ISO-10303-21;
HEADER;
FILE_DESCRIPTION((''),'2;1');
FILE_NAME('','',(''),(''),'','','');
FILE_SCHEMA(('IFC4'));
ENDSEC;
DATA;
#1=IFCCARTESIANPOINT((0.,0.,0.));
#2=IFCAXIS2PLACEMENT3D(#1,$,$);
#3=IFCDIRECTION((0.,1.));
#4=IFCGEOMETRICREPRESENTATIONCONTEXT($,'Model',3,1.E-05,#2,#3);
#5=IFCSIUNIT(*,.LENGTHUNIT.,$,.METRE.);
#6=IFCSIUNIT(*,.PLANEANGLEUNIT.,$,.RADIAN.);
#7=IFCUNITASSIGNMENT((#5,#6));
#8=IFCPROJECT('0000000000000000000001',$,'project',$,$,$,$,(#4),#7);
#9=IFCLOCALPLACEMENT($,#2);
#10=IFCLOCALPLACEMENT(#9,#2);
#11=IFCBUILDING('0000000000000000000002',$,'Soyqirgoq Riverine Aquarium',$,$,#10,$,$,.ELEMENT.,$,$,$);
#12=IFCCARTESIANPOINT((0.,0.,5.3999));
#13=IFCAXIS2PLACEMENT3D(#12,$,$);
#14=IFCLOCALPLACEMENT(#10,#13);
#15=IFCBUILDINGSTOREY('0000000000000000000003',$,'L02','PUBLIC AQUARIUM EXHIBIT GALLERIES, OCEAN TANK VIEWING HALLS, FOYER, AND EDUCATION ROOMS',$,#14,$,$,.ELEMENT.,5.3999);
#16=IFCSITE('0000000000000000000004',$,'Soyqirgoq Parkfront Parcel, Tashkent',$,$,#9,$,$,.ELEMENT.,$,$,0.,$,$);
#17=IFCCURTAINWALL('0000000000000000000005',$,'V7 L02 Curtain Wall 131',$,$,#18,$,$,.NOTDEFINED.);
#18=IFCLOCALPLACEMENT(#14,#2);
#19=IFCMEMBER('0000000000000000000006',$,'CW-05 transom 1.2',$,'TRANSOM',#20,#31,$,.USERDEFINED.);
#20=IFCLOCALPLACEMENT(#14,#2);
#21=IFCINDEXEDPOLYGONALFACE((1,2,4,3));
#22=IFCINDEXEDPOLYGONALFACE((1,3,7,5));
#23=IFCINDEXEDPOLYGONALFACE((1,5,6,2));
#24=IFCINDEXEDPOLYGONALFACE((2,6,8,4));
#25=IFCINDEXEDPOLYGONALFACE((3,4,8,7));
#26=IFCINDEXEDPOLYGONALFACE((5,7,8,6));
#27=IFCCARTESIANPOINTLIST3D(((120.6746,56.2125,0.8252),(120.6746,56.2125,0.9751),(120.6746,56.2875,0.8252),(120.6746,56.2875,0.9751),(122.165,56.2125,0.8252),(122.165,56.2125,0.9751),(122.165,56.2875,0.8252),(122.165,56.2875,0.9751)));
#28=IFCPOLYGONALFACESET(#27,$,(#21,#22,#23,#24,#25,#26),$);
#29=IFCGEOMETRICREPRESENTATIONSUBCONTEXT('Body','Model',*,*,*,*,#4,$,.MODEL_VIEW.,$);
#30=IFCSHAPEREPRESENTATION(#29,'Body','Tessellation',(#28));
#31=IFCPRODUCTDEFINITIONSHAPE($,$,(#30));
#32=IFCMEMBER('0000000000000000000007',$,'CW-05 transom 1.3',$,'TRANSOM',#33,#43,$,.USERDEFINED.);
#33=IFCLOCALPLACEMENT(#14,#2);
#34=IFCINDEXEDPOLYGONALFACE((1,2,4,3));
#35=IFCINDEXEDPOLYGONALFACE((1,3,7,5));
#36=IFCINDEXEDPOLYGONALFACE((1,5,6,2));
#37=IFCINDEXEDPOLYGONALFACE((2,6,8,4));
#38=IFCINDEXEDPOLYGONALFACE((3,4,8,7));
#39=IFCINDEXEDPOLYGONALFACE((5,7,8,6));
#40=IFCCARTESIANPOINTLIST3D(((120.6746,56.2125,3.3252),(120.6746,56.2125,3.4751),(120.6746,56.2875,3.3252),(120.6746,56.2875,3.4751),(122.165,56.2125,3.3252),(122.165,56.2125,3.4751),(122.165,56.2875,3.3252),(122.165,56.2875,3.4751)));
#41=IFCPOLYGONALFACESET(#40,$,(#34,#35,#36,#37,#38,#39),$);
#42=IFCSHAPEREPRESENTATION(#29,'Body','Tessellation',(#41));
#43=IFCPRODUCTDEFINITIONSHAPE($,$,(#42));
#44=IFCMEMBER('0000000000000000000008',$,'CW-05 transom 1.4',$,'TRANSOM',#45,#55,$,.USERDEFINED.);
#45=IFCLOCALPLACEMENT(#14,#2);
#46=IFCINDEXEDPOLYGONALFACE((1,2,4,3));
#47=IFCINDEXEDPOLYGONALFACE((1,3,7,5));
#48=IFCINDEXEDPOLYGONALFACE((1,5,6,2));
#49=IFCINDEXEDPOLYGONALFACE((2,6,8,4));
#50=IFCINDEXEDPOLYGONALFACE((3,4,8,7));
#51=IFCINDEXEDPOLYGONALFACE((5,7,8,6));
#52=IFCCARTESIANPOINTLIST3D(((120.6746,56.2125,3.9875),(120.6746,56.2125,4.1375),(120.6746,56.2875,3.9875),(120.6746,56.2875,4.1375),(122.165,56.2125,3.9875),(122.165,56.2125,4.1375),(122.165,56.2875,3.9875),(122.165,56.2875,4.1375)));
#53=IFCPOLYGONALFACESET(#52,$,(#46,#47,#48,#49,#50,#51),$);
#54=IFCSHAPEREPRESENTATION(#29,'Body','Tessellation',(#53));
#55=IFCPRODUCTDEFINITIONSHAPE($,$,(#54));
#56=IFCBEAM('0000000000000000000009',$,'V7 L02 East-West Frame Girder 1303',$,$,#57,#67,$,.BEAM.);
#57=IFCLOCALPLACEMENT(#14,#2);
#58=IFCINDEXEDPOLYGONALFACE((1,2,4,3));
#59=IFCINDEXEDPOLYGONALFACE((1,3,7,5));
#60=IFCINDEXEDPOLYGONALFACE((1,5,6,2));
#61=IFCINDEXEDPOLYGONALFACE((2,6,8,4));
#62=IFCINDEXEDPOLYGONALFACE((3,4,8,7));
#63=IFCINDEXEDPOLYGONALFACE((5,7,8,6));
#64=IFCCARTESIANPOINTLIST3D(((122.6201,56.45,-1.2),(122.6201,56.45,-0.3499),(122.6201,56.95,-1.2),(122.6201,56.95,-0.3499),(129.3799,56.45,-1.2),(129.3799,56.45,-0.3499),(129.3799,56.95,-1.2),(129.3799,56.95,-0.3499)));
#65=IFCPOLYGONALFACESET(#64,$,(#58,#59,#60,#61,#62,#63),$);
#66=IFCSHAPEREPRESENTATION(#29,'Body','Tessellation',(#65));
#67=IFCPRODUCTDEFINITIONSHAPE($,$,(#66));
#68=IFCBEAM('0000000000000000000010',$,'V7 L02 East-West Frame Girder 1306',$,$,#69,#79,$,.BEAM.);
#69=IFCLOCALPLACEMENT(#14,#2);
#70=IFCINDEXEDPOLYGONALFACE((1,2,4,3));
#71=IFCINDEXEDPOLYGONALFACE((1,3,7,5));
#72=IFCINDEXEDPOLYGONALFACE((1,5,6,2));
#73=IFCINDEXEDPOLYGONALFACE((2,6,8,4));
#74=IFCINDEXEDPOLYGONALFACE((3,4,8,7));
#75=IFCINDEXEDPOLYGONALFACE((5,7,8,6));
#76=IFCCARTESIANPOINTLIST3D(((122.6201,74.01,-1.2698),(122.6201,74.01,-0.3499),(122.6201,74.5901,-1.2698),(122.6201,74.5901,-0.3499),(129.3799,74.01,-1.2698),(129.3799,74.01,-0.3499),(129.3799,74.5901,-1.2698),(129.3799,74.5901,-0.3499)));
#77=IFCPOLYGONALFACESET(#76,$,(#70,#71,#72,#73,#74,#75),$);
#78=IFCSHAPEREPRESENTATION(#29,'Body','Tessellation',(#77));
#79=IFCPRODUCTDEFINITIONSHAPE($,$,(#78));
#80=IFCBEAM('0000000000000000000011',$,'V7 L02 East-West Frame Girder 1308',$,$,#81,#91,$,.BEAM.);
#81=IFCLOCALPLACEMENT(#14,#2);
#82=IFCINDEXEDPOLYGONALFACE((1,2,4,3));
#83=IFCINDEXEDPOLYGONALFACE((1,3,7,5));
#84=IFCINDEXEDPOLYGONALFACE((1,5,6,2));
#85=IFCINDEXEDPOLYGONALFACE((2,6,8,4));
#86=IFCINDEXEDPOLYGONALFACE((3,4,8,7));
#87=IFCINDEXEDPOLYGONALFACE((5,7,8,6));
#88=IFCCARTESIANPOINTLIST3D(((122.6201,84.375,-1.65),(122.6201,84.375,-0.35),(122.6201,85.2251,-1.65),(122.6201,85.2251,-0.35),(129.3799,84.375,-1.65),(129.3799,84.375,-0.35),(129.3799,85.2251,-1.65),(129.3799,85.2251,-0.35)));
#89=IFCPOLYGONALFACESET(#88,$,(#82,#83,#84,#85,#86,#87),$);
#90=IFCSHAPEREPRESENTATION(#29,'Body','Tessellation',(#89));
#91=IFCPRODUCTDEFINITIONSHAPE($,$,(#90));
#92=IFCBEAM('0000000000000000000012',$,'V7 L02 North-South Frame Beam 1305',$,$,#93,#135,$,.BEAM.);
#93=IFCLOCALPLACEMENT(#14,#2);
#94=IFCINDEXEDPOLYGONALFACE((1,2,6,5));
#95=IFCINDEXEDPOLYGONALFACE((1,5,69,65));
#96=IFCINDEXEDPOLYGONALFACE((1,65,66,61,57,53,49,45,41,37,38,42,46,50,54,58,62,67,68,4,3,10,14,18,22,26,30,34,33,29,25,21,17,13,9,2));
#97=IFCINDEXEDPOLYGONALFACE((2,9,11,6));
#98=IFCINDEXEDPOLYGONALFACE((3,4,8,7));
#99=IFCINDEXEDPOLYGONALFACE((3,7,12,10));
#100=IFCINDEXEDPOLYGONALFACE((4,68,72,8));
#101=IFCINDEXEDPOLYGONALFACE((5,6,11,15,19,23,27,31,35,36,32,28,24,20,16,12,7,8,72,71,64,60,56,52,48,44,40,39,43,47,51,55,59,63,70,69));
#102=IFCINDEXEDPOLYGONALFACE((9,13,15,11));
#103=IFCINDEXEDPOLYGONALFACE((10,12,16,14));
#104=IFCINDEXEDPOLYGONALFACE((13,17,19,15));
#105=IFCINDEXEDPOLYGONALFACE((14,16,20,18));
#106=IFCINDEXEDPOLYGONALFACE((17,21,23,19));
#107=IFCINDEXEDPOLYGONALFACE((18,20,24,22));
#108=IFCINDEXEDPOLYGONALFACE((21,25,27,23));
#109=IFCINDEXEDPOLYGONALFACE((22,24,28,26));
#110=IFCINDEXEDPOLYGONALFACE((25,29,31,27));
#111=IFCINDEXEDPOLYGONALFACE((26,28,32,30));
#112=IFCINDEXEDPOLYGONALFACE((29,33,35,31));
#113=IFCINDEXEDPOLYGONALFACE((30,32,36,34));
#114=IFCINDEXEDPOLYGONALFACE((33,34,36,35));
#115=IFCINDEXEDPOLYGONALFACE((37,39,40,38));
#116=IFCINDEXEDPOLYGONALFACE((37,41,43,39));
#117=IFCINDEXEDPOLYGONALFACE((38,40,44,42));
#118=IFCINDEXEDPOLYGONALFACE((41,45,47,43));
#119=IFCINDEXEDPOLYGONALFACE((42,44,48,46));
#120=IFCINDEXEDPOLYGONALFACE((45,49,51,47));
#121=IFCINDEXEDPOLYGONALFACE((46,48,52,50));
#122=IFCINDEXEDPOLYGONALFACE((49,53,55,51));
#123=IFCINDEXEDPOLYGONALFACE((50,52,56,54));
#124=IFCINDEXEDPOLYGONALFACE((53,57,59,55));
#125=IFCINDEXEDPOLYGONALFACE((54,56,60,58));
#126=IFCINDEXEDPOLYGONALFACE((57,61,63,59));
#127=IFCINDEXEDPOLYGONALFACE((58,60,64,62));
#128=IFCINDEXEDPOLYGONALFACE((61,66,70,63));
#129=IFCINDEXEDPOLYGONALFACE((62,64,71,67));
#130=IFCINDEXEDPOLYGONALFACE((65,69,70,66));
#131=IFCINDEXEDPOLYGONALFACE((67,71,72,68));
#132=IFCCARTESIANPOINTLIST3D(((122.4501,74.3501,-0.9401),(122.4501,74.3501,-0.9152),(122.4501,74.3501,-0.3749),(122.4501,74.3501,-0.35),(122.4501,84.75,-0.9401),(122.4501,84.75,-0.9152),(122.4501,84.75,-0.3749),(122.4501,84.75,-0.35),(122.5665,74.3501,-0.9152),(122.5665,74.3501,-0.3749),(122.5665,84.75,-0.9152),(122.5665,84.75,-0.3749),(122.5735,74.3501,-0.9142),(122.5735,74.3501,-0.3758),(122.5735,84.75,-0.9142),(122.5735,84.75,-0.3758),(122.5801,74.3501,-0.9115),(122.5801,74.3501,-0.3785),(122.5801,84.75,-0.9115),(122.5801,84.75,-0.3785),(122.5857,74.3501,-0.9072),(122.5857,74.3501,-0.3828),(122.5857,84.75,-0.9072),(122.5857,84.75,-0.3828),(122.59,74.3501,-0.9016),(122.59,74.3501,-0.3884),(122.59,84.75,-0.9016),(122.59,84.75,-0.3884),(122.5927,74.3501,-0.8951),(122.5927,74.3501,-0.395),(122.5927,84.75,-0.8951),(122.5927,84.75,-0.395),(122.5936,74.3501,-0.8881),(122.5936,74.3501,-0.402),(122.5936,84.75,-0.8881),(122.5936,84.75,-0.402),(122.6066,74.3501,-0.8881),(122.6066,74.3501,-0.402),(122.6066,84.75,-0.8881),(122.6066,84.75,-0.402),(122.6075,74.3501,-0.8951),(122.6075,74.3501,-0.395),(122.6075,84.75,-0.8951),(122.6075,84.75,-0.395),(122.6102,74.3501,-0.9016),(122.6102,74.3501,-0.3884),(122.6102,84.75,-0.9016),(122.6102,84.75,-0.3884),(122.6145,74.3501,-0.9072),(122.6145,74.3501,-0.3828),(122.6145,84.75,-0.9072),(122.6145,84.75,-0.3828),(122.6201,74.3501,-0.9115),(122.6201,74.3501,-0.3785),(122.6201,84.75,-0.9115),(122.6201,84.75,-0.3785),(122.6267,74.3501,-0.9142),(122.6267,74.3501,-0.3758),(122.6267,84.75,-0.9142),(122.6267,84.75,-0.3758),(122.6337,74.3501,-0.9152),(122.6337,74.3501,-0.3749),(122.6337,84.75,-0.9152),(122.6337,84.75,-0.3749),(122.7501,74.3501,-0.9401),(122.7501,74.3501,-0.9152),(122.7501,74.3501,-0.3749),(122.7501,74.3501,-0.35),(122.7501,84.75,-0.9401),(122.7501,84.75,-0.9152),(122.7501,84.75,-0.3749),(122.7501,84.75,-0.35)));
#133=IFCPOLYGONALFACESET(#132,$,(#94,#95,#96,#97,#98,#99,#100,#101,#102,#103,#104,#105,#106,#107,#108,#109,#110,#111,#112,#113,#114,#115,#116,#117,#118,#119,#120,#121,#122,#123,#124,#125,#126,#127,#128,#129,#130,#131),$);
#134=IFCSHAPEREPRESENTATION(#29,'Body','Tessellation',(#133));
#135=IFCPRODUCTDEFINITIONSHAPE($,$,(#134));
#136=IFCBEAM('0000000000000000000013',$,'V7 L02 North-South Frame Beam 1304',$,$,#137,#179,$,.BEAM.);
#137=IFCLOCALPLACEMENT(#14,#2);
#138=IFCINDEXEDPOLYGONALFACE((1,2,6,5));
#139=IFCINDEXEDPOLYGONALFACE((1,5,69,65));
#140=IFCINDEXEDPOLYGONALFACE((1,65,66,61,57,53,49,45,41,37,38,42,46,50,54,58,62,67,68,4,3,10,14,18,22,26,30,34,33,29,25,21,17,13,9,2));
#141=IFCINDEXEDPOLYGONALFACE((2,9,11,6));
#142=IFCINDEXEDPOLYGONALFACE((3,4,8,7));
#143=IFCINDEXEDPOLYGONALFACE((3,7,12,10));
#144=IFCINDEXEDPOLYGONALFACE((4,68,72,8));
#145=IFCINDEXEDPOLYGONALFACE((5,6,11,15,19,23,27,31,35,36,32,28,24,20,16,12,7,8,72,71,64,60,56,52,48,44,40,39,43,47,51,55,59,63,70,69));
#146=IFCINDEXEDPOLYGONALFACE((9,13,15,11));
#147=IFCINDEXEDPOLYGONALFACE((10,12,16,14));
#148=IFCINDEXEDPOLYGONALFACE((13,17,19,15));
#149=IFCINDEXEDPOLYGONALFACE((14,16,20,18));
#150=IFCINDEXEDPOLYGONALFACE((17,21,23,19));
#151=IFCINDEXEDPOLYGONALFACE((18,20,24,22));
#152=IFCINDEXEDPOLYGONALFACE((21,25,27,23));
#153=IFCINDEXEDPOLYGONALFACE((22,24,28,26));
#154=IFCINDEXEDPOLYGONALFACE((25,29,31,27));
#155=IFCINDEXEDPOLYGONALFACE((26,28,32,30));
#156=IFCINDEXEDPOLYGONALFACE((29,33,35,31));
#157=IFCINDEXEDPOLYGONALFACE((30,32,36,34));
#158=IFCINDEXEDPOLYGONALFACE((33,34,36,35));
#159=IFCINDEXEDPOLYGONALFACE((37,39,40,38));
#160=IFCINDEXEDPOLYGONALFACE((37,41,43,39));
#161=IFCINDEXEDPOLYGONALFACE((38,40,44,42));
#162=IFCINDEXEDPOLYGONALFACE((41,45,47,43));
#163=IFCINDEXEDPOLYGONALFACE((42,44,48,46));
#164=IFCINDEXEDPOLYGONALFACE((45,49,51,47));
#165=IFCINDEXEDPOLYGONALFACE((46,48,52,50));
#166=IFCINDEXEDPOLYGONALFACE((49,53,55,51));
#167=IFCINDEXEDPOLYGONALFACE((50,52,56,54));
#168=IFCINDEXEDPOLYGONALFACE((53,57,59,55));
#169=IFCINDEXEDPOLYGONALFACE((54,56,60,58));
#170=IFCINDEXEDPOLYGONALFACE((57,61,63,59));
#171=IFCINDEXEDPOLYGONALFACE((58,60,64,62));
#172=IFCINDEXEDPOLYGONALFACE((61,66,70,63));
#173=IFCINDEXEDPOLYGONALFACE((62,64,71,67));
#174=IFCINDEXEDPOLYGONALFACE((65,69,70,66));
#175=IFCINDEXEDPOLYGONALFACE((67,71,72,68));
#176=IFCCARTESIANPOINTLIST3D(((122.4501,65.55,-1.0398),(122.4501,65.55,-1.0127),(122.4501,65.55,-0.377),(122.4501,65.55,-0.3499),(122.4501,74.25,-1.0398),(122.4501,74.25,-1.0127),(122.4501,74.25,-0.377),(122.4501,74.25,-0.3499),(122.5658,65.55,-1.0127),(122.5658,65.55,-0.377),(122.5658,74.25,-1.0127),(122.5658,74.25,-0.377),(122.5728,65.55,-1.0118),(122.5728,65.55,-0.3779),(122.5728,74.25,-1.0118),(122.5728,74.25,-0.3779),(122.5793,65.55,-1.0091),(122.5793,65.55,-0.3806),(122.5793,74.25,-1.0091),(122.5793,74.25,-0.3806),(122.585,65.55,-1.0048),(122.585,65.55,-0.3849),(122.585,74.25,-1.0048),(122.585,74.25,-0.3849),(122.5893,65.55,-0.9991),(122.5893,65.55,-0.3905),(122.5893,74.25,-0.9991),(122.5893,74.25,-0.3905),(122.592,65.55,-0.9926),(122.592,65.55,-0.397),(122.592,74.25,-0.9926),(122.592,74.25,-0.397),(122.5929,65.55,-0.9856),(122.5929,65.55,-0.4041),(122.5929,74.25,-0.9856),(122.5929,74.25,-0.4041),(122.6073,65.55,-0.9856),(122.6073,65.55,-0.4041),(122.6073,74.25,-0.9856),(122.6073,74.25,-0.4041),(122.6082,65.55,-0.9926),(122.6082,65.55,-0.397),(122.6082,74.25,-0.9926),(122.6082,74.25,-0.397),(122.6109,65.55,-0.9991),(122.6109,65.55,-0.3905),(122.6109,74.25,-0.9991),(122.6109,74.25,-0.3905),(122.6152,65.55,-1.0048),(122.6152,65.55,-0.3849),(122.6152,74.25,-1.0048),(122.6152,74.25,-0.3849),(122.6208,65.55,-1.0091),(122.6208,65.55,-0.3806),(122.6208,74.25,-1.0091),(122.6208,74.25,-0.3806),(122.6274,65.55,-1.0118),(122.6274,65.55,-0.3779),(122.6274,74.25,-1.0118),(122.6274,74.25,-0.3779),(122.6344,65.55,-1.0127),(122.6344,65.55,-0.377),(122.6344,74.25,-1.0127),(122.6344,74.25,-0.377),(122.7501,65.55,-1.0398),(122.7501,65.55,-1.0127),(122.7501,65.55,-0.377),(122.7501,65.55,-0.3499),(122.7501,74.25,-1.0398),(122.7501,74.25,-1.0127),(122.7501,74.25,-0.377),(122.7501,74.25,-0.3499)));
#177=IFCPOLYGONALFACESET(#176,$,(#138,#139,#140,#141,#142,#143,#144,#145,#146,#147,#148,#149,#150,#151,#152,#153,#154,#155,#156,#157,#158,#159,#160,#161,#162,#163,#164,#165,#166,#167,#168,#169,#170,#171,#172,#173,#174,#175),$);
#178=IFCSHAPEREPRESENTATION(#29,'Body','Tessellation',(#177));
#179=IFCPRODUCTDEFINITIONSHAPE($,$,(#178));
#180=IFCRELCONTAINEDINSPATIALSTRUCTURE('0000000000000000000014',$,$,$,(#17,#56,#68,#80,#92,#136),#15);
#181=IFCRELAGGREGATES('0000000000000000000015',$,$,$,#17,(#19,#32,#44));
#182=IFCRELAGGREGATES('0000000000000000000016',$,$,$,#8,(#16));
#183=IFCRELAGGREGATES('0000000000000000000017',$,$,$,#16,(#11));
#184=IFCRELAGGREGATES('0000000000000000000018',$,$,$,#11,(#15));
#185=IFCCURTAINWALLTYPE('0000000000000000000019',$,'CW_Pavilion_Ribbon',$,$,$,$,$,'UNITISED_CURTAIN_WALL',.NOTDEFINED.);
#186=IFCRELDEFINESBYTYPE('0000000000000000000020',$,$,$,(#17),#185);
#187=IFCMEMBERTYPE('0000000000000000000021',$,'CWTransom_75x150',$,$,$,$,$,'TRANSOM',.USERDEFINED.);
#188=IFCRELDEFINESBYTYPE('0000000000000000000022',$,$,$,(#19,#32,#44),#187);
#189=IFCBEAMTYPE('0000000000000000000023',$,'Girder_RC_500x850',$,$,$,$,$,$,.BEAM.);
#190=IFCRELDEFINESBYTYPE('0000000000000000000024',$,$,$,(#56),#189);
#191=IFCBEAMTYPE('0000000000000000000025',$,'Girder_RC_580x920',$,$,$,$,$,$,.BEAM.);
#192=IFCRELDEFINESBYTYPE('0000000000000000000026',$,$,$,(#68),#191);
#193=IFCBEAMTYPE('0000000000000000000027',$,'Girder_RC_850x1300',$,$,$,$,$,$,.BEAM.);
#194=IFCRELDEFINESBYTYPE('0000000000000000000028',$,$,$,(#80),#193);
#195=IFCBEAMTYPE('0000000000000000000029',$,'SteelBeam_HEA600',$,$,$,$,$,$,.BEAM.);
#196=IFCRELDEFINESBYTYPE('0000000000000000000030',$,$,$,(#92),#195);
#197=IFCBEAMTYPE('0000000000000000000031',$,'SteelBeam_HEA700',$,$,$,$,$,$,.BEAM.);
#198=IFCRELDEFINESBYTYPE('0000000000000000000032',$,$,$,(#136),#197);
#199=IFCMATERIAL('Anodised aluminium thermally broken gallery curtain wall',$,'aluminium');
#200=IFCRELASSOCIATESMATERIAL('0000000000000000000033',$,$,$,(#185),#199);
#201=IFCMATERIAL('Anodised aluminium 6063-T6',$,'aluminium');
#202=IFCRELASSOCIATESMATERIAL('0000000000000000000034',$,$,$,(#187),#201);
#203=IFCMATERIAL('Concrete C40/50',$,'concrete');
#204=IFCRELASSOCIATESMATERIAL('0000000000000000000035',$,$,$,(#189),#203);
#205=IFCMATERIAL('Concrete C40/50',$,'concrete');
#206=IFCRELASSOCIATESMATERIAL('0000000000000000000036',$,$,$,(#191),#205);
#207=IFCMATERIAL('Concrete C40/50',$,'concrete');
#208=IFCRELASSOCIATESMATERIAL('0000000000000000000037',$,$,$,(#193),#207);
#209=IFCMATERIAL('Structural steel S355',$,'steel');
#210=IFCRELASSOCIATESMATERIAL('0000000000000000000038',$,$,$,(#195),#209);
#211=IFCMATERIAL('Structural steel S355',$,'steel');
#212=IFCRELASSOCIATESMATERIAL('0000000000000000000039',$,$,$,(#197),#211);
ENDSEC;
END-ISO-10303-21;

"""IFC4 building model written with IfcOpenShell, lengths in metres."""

from ifc_helpers import new_model, si_unit, direction, frame, origin, origin_2d, place, context, subcontext, project, spatial, rectangle, i_section, extrude, material, material_profile, profile_set, type_object, element, aggregate, save


model = new_model("IFC4")

# Units and contexts
model_context = context("Model", 3, precision=1e-05, world=origin(), true_north=direction((0.0, 1.0)))
body_context = subcontext(model_context, "Body", "Model", "MODEL_VIEW")
ifc_project = project(units=[si_unit("LENGTHUNIT", "METRE"), si_unit("PLANEANGLEUNIT", "RADIAN")], contexts=[model_context])

# Site, building, storey
site_placement = place(None, origin())
site = spatial("IfcSite", under=ifc_project, at=site_placement, Name="Soyqirgoq Parkfront Parcel, Tashkent", CompositionType="ELEMENT", RefElevation=0.0)
building_placement = place(site_placement, origin())
building = spatial("IfcBuilding", under=site, at=building_placement, Name="Soyqirgoq Riverine Aquarium", CompositionType="ELEMENT")
storey_placement = place(building_placement, frame((0.0, 0.0, 5.3999)))
storey = spatial("IfcBuildingStorey", under=building, at=storey_placement, Name="L02", Description="PUBLIC AQUARIUM EXHIBIT GALLERIES, OCEAN TANK VIEWING HALLS, FOYER, AND EDUCATION ROOMS", CompositionType="ELEMENT", Elevation=5.3999)

# Curtain wall, members
ifc_material_1 = material(Name="Anodised aluminium thermally broken gallery curtain wall", Category="aluminium")
curtain_wall_type = type_object("IfcCurtainWallType", Name="CW_Pavilion_Ribbon", ElementType="UNITISED_CURTAIN_WALL", PredefinedType="NOTDEFINED", material=ifc_material_1)
curtain_wall_placement = place(storey_placement, origin())
curtain_wall = element("IfcCurtainWall", 1, at=curtain_wall_placement, inside=storey, type_object=curtain_wall_type, Name="V7 L02 Curtain Wall 131", PredefinedType="NOTDEFINED")
ifc_material_2 = material(Name="Anodised aluminium 6063-T6", Category="aluminium")
ifc_material_profile_1 = material_profile(ifc_material_2, rectangle(XDim=0.075, YDim=0.1499, at=origin_2d()), Name="ALU-T 75x150")
ifc_profile_set_1 = profile_set([ifc_material_profile_1], Name="Anodised aluminium 6063-T6")
member_type_1 = type_object("IfcMemberType", Name="CWTransom_75x150", ElementType="TRANSOM", PredefinedType="USERDEFINED", material=ifc_profile_set_1)
member_1_placement = place(storey_placement, frame((122.165, 56.25, 0.9001), z_axis=(-1.0, 0.0, 0.0), x_axis=(0.0, -1.0, 0.0)))
member_1 = element("IfcMember", 2, at=member_1_placement, type_object=member_type_1, Name="CW-05 transom 1.2", ObjectType="TRANSOM", PredefinedType="USERDEFINED", context=body_context, shape_type="SweptSolid", body=[
    extrude(rectangle(XDim=0.075, YDim=0.1499, at=origin_2d()), origin(), (0.0, 0.0, 1.0), 1.4905),
])
member_2_placement = place(storey_placement, frame((122.165, 56.25, 3.4001), z_axis=(-1.0, 0.0, 0.0), x_axis=(0.0, -1.0, 0.0)))
member_2 = element("IfcMember", 3, at=member_2_placement, type_object=member_type_1, Name="CW-05 transom 1.3", ObjectType="TRANSOM", PredefinedType="USERDEFINED", context=body_context, shape_type="SweptSolid", body=[
    extrude(rectangle(XDim=0.075, YDim=0.1499, at=origin_2d()), origin(), (0.0, 0.0, 1.0), 1.4905),
])
member_3_placement = place(storey_placement, frame((122.165, 56.25, 4.0625), z_axis=(-1.0, 0.0, 0.0), x_axis=(0.0, -1.0, 0.0)))
member_3 = element("IfcMember", 4, at=member_3_placement, type_object=member_type_1, Name="CW-05 transom 1.4", ObjectType="TRANSOM", PredefinedType="USERDEFINED", context=body_context, shape_type="SweptSolid", body=[
    extrude(rectangle(XDim=0.075, YDim=0.1499, at=origin_2d()), origin(), (0.0, 0.0, 1.0), 1.4905),
])
aggregate(curtain_wall, [member_1, member_2, member_3])

# Beams
ifc_material_3 = material(Name="Concrete C40/50", Category="concrete")
ifc_material_profile_2 = material_profile(ifc_material_3, rectangle(XDim=0.5, YDim=0.8501, at=origin_2d()), Name="RC 500x850")
ifc_profile_set_2 = profile_set([ifc_material_profile_2], Name="Concrete C40/50")
beam_type_1 = type_object("IfcBeamType", Name="Girder_RC_500x850", PredefinedType="BEAM", material=ifc_profile_set_2)
beam_1_placement = place(storey_placement, frame((122.6201, 56.7, -0.7749), z_axis=(1.0, 0.0, 0.0), x_axis=(0.0, 1.0, 0.0)))
element("IfcBeam", 5, at=beam_1_placement, inside=storey, type_object=beam_type_1, Name="V7 L02 East-West Frame Girder 1303", PredefinedType="BEAM", context=body_context, shape_type="SweptSolid", body=[
    extrude(rectangle(XDim=0.5, YDim=0.8501, at=origin_2d()), origin(), (0.0, 0.0, 1.0), 6.7598),
])
ifc_material_4 = material(Name="Concrete C40/50", Category="concrete")
ifc_material_profile_3 = material_profile(ifc_material_4, rectangle(XDim=0.5801, YDim=0.9199, at=origin_2d()), Name="RC 580x920")
ifc_profile_set_3 = profile_set([ifc_material_profile_3], Name="Concrete C40/50")
beam_type_2 = type_object("IfcBeamType", Name="Girder_RC_580x920", PredefinedType="BEAM", material=ifc_profile_set_3)
beam_2_placement = place(storey_placement, frame((122.6201, 74.3, -0.8098), z_axis=(1.0, 0.0, 0.0), x_axis=(0.0, 1.0, 0.0)))
element("IfcBeam", 6, at=beam_2_placement, inside=storey, type_object=beam_type_2, Name="V7 L02 East-West Frame Girder 1306", PredefinedType="BEAM", context=body_context, shape_type="SweptSolid", body=[
    extrude(rectangle(XDim=0.5801, YDim=0.9199, at=origin_2d()), origin(), (0.0, 0.0, 1.0), 6.7598),
])
ifc_material_5 = material(Name="Concrete C40/50", Category="concrete")
ifc_material_profile_4 = material_profile(ifc_material_5, rectangle(XDim=0.8501, YDim=1.3, at=origin_2d()), Name="RC 850x1300")
ifc_profile_set_4 = profile_set([ifc_material_profile_4], Name="Concrete C40/50")
beam_type_3 = type_object("IfcBeamType", Name="Girder_RC_850x1300", PredefinedType="BEAM", material=ifc_profile_set_4)
beam_3_placement = place(storey_placement, frame((122.6201, 84.8, -1.0), z_axis=(1.0, 0.0, 0.0), x_axis=(0.0, 1.0, 0.0)))
element("IfcBeam", 7, at=beam_3_placement, inside=storey, type_object=beam_type_3, Name="V7 L02 East-West Frame Girder 1308", PredefinedType="BEAM", context=body_context, shape_type="SweptSolid", body=[
    extrude(rectangle(XDim=0.8501, YDim=1.3, at=origin_2d()), origin(), (0.0, 0.0, 1.0), 6.7598),
])
ifc_material_6 = material(Name="Structural steel S355", Category="steel")
ifc_material_profile_5 = material_profile(ifc_material_6, i_section(OverallWidth=0.3, OverallDepth=0.5901, WebThickness=0.0129, FlangeThickness=0.0249, FilletRadius=0.0271, at=origin_2d()), Name="HEA 600")
ifc_profile_set_5 = profile_set([ifc_material_profile_5], Name="Structural steel S355")
beam_type_4 = type_object("IfcBeamType", Name="SteelBeam_HEA600", PredefinedType="BEAM", material=ifc_profile_set_5)
beam_4_placement = place(storey_placement, frame((122.6001, 74.3501, -0.645), z_axis=(0.0, 1.0, 0.0), x_axis=(-1.0, 0.0, 0.0)))
element("IfcBeam", 8, at=beam_4_placement, inside=storey, type_object=beam_type_4, Name="V7 L02 North-South Frame Beam 1305", PredefinedType="BEAM", context=body_context, shape_type="SweptSolid", body=[
    extrude(i_section(OverallWidth=0.3, OverallDepth=0.5901, WebThickness=0.0129, FlangeThickness=0.0249, FilletRadius=0.0271, at=origin_2d()), origin(), (0.0, 0.0, 1.0), 10.3999),
])
ifc_material_7 = material(Name="Structural steel S355", Category="steel")
ifc_material_profile_6 = material_profile(ifc_material_7, i_section(OverallWidth=0.3, OverallDepth=0.6899, WebThickness=0.0144, FlangeThickness=0.0271, FilletRadius=0.0271, at=origin_2d()), Name="HEA 700")
ifc_profile_set_6 = profile_set([ifc_material_profile_6], Name="Structural steel S355")
beam_type_5 = type_object("IfcBeamType", Name="SteelBeam_HEA700", PredefinedType="BEAM", material=ifc_profile_set_6)
beam_5_placement = place(storey_placement, frame((122.6001, 65.55, -0.6948), z_axis=(0.0, 1.0, 0.0), x_axis=(-1.0, 0.0, 0.0)))
element("IfcBeam", 9, at=beam_5_placement, inside=storey, type_object=beam_type_5, Name="V7 L02 North-South Frame Beam 1304", PredefinedType="BEAM", context=body_context, shape_type="SweptSolid", body=[
    extrude(i_section(OverallWidth=0.3, OverallDepth=0.6899, WebThickness=0.0144, FlangeThickness=0.0271, FilletRadius=0.0271, at=origin_2d()), origin(), (0.0, 0.0, 1.0), 8.7),
])

save(model, "model.ifc")
